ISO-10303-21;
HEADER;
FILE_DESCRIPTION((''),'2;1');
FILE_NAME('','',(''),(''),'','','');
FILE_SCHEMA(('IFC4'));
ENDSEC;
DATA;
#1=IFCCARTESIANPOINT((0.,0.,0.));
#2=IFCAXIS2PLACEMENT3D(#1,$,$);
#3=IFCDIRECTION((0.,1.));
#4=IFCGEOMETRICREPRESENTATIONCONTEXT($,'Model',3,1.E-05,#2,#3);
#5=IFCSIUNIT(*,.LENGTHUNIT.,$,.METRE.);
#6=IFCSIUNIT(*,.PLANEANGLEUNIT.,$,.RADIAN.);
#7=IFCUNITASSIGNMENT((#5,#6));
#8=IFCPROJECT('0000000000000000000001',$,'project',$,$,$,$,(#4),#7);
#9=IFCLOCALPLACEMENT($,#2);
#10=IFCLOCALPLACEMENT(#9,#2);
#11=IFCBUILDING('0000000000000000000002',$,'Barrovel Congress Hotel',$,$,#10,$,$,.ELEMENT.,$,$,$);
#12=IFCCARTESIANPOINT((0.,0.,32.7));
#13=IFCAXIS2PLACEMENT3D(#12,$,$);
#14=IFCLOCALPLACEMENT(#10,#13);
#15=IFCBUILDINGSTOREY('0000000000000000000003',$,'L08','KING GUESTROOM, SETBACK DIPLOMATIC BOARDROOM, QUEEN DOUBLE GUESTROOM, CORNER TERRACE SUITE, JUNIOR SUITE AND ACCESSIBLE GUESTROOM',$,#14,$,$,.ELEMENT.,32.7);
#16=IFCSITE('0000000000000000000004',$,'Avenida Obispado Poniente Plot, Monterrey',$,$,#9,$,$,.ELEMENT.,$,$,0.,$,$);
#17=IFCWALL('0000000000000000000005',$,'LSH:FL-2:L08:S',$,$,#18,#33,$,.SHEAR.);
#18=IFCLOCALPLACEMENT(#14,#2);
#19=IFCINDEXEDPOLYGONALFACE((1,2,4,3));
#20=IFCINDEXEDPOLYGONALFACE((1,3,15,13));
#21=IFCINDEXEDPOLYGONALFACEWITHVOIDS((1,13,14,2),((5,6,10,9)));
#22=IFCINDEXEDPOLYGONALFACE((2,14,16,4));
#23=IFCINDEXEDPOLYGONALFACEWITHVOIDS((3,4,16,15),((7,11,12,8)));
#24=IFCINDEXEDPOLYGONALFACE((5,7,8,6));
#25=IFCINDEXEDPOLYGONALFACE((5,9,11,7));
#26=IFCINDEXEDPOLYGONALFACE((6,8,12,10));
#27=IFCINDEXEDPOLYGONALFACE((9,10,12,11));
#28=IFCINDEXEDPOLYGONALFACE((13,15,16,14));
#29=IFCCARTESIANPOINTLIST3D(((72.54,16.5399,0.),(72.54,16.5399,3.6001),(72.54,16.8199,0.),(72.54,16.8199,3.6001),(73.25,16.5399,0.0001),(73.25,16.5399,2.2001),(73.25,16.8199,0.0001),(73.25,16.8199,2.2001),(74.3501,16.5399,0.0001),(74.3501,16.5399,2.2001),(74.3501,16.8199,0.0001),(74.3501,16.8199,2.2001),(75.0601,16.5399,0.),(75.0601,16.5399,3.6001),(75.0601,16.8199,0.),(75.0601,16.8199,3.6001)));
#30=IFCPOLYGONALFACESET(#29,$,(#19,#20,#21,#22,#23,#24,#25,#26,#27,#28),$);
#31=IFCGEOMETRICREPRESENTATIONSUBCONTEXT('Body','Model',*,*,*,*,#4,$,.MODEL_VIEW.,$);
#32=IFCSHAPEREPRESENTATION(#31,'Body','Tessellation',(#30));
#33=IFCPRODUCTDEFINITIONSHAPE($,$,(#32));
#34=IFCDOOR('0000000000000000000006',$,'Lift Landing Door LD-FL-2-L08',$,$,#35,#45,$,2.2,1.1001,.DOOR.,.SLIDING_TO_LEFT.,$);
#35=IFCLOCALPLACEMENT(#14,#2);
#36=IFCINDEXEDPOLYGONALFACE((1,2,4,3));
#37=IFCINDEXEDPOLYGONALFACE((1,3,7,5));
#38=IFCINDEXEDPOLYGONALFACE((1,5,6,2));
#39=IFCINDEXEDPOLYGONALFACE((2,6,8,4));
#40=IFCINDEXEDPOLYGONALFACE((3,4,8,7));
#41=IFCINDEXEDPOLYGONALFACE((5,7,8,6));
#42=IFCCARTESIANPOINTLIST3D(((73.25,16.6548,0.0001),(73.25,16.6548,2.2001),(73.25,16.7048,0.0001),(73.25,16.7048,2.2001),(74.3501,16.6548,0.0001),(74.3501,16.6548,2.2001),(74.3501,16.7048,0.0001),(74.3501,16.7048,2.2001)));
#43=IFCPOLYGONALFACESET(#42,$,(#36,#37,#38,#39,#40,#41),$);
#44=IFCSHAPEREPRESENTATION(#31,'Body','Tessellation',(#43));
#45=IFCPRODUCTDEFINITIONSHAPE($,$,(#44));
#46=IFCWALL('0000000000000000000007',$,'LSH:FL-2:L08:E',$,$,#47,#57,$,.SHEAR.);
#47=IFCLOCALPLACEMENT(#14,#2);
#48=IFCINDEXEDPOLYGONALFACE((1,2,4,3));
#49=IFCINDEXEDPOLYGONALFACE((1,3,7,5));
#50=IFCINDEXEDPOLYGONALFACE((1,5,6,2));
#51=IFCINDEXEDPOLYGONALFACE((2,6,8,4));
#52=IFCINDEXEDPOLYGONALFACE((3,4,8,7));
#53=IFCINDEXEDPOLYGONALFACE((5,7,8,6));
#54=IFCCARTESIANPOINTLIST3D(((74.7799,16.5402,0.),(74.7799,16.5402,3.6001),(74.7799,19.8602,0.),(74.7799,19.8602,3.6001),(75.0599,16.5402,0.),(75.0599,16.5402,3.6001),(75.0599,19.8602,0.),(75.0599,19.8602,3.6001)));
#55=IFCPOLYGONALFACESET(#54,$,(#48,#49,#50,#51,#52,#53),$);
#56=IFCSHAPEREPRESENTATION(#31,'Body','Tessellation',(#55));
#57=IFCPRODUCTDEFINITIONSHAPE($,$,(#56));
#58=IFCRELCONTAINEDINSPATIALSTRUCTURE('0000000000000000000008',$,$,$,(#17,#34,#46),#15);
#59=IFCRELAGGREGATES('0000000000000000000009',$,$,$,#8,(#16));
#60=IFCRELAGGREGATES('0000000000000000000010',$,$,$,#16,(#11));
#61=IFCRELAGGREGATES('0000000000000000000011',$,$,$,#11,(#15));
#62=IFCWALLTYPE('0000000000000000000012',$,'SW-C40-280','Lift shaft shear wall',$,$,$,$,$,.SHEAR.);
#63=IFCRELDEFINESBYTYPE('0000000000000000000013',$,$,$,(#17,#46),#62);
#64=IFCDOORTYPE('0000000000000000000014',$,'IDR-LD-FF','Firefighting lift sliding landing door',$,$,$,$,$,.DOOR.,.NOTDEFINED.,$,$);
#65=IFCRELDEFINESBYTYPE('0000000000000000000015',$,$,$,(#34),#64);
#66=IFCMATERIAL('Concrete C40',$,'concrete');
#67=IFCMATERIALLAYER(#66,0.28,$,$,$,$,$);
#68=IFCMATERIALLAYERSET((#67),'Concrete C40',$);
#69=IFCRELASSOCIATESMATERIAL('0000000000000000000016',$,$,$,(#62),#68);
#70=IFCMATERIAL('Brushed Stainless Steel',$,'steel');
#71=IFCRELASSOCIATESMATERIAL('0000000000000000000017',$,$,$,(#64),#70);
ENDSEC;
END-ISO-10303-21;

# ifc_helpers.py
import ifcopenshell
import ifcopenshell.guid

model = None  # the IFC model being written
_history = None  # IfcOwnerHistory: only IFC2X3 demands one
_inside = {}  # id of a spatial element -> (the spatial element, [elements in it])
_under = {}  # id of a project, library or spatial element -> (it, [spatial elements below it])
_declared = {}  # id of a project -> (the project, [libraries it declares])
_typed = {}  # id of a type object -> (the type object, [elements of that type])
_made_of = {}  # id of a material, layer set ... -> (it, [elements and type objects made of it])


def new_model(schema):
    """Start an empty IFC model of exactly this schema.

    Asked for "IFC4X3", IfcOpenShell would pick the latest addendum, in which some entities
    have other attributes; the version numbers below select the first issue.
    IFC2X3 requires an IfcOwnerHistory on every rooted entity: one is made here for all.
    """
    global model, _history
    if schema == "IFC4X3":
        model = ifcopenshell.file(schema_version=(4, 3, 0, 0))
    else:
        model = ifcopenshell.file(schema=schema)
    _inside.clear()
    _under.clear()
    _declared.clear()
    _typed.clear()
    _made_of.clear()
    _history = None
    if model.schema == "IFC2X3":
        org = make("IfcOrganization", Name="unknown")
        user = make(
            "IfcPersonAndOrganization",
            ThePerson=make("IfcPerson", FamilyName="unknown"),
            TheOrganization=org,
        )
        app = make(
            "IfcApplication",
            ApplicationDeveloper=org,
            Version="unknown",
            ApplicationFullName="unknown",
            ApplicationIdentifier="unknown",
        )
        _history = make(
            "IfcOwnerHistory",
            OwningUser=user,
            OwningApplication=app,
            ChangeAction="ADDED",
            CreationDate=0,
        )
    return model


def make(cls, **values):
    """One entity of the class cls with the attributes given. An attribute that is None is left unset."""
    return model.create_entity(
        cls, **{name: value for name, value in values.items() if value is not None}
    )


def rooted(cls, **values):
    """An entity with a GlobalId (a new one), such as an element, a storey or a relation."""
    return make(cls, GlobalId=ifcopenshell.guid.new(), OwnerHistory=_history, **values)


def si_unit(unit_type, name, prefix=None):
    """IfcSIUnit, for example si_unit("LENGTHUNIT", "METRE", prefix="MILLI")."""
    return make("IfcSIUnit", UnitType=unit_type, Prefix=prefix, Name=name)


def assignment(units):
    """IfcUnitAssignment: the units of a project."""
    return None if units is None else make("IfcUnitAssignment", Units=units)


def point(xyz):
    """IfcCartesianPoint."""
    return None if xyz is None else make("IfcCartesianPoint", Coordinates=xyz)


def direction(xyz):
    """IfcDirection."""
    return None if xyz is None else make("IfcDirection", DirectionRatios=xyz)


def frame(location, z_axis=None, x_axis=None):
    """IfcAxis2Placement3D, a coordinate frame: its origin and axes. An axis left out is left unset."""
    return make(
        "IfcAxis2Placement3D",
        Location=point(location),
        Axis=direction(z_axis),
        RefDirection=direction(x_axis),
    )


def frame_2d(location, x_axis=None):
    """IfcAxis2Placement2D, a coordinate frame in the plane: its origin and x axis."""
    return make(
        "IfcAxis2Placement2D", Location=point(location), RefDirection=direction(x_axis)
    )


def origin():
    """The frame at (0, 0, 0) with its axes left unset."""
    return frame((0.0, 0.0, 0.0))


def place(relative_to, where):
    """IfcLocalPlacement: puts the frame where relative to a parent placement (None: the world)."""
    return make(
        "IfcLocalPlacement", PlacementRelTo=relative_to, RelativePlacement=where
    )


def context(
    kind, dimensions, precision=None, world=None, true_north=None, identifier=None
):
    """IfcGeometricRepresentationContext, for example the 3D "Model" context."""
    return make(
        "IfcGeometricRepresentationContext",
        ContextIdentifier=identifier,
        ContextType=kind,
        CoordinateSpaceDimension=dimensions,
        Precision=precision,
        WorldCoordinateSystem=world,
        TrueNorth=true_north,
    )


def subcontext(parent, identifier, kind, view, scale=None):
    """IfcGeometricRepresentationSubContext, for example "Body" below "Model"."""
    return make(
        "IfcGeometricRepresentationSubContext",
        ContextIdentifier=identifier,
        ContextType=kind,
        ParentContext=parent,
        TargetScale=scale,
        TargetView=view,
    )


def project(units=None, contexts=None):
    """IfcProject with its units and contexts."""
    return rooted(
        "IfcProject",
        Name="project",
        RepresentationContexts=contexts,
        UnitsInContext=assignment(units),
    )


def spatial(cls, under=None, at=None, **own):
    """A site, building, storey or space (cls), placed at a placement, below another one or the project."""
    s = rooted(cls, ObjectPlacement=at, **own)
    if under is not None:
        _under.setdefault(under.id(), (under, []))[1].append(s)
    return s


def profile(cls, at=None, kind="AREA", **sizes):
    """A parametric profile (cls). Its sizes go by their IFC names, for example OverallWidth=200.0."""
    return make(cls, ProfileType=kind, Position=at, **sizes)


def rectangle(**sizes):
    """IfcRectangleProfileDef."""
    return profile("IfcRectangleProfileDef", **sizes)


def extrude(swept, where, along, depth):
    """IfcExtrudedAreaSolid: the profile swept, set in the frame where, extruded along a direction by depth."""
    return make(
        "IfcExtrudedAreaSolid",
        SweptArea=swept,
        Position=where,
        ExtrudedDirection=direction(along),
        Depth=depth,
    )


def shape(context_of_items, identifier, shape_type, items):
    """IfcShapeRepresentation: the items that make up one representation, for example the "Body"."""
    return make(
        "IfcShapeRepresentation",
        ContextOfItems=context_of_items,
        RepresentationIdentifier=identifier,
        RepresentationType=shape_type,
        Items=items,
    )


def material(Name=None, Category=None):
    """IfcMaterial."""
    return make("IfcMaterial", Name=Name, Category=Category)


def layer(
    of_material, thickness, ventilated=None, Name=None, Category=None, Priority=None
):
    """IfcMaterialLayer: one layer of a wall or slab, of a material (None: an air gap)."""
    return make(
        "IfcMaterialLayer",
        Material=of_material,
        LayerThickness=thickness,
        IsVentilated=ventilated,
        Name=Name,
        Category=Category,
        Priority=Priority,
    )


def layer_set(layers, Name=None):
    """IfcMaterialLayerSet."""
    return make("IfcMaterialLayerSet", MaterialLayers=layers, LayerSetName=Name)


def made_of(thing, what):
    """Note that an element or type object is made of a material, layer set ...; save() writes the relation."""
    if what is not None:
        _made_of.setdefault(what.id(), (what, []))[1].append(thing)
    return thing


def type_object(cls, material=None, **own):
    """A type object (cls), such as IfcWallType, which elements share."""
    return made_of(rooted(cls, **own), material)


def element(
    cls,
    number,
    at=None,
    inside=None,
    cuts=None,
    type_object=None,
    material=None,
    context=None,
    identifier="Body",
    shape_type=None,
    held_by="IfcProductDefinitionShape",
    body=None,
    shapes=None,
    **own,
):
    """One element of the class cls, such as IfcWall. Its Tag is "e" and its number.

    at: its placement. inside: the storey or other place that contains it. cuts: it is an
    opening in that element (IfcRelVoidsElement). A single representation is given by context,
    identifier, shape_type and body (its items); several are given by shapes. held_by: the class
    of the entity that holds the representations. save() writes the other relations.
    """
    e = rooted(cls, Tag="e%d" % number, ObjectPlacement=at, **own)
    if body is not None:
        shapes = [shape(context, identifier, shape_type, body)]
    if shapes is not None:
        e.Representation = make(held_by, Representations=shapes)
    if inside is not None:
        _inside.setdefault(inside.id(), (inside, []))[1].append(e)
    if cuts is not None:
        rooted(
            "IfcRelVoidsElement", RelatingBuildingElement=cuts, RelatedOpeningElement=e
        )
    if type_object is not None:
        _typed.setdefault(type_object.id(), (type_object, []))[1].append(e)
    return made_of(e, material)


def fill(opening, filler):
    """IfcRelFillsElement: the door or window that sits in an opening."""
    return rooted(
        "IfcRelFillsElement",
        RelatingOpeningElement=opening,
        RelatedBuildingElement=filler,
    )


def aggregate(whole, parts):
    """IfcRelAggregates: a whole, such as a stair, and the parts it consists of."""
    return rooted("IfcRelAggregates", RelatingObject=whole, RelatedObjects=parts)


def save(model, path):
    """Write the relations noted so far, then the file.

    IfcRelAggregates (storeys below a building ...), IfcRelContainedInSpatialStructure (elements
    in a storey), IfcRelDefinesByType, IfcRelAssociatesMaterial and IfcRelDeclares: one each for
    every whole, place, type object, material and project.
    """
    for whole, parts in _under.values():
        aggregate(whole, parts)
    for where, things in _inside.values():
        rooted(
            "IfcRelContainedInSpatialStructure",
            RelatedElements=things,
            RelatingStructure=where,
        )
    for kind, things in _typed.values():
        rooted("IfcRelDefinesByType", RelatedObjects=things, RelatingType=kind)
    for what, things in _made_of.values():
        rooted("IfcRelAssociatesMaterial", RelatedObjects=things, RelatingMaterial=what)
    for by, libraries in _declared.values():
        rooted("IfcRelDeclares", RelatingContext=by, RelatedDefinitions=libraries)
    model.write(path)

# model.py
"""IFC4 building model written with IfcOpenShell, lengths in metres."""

from ifc_helpers import new_model, si_unit, direction, frame, frame_2d, origin, place, context, subcontext, project, spatial, rectangle, extrude, material, layer, layer_set, type_object, element, fill, save


model = new_model("IFC4")

# Units and contexts
model_context = context("Model", 3, precision=1e-05, world=origin(), true_north=direction((0.0, 1.0)))
body_context = subcontext(model_context, "Body", "Model", "MODEL_VIEW")
ifc_project = project(units=[si_unit("LENGTHUNIT", "METRE"), si_unit("PLANEANGLEUNIT", "RADIAN")], contexts=[model_context])

# Site, building, storey
site_placement = place(None, origin())
site = spatial("IfcSite", under=ifc_project, at=site_placement, Name="Avenida Obispado Poniente Plot, Monterrey", CompositionType="ELEMENT", RefElevation=0.0)
building_placement = place(site_placement, origin())
building = spatial("IfcBuilding", under=site, at=building_placement, Name="Barrovel Congress Hotel", CompositionType="ELEMENT")
storey_placement = place(building_placement, frame((0.0, 0.0, 32.7)))
storey = spatial("IfcBuildingStorey", under=building, at=storey_placement, Name="L08", Description="KING GUESTROOM, SETBACK DIPLOMATIC BOARDROOM, QUEEN DOUBLE GUESTROOM, CORNER TERRACE SUITE, JUNIOR SUITE AND ACCESSIBLE GUESTROOM", CompositionType="ELEMENT", Elevation=32.7)

# Shared definitions
ifc_material_1 = material(Name="Concrete C40", Category="concrete")

# Wall, opening, door
ifc_layer_1 = layer(ifc_material_1, 0.28)
ifc_layer_set_1 = layer_set([ifc_layer_1], Name="Concrete C40")
wall_type_1 = type_object("IfcWallType", Name="SW-C40-280", Description="Lift shaft shear wall", PredefinedType="SHEAR", material=ifc_layer_set_1)
wall_1_placement = place(storey_placement, frame((72.54, 16.6799, 0.0), z_axis=(0.0, 0.0, 1.0), x_axis=(1.0, 0.0, 0.0)))
wall_1 = element("IfcWall", 1, at=wall_1_placement, inside=storey, type_object=wall_type_1, Name="LSH:FL-2:L08:S", PredefinedType="SHEAR", context=body_context, shape_type="SweptSolid", body=[
    extrude(rectangle(XDim=2.52, YDim=0.28, at=frame_2d((1.26, 0.0))), origin(), (0.0, 0.0, 1.0), 3.6001),
])
opening_1_placement = place(wall_1_placement, frame((0.71, 0.0, 0.0)))
opening_1 = element("IfcOpeningElement", 2, at=opening_1_placement, cuts=wall_1, PredefinedType="OPENING", context=body_context, shape_type="SweptSolid", body=[
    extrude(rectangle(XDim=1.1001, YDim=2.2, at=frame_2d((0.55, 1.1001))), frame((0.0, 0.1499, 0.0), z_axis=(0.0, -1.0, 0.0), x_axis=(1.0, 0.0, 0.0)), (0.0, 0.0, 1.0), 0.3),
])
ifc_material_2 = material(Name="Brushed Stainless Steel", Category="steel")
door_type_1 = type_object("IfcDoorType", Name="IDR-LD-FF", Description="Firefighting lift sliding landing door", OperationType="NOTDEFINED", PredefinedType="DOOR", material=ifc_material_2)
door_1_placement = place(opening_1_placement, origin())
door_1 = element("IfcDoor", 3, at=door_1_placement, inside=storey, type_object=door_type_1, Name="Lift Landing Door LD-FL-2-L08", OperationType="SLIDING_TO_LEFT", OverallHeight=2.2, OverallWidth=1.1001, PredefinedType="DOOR", context=body_context, shape_type="SweptSolid", body=[
    extrude(rectangle(XDim=1.1001, YDim=2.2, at=frame_2d((0.55, 1.1001))), frame((0.0, 0.0249, 0.0), z_axis=(0.0, -1.0, 0.0), x_axis=(1.0, 0.0, 0.0)), (0.0, 0.0, 1.0), 0.05),
])
fill(opening_1, door_1)

# Wall
wall_2_placement = place(storey_placement, frame((74.9199, 16.54, 0.0), z_axis=(0.0, 0.0, 1.0), x_axis=(0.0, 1.0, 0.0)))
element("IfcWall", 4, at=wall_2_placement, inside=storey, type_object=wall_type_1, Name="LSH:FL-2:L08:E", PredefinedType="SHEAR", context=body_context, shape_type="SweptSolid", body=[
    extrude(rectangle(XDim=3.3201, YDim=0.28, at=frame_2d((1.6602, 0.0))), origin(), (0.0, 0.0, 1.0), 3.6001),
])

save(model, "model.ifc")
